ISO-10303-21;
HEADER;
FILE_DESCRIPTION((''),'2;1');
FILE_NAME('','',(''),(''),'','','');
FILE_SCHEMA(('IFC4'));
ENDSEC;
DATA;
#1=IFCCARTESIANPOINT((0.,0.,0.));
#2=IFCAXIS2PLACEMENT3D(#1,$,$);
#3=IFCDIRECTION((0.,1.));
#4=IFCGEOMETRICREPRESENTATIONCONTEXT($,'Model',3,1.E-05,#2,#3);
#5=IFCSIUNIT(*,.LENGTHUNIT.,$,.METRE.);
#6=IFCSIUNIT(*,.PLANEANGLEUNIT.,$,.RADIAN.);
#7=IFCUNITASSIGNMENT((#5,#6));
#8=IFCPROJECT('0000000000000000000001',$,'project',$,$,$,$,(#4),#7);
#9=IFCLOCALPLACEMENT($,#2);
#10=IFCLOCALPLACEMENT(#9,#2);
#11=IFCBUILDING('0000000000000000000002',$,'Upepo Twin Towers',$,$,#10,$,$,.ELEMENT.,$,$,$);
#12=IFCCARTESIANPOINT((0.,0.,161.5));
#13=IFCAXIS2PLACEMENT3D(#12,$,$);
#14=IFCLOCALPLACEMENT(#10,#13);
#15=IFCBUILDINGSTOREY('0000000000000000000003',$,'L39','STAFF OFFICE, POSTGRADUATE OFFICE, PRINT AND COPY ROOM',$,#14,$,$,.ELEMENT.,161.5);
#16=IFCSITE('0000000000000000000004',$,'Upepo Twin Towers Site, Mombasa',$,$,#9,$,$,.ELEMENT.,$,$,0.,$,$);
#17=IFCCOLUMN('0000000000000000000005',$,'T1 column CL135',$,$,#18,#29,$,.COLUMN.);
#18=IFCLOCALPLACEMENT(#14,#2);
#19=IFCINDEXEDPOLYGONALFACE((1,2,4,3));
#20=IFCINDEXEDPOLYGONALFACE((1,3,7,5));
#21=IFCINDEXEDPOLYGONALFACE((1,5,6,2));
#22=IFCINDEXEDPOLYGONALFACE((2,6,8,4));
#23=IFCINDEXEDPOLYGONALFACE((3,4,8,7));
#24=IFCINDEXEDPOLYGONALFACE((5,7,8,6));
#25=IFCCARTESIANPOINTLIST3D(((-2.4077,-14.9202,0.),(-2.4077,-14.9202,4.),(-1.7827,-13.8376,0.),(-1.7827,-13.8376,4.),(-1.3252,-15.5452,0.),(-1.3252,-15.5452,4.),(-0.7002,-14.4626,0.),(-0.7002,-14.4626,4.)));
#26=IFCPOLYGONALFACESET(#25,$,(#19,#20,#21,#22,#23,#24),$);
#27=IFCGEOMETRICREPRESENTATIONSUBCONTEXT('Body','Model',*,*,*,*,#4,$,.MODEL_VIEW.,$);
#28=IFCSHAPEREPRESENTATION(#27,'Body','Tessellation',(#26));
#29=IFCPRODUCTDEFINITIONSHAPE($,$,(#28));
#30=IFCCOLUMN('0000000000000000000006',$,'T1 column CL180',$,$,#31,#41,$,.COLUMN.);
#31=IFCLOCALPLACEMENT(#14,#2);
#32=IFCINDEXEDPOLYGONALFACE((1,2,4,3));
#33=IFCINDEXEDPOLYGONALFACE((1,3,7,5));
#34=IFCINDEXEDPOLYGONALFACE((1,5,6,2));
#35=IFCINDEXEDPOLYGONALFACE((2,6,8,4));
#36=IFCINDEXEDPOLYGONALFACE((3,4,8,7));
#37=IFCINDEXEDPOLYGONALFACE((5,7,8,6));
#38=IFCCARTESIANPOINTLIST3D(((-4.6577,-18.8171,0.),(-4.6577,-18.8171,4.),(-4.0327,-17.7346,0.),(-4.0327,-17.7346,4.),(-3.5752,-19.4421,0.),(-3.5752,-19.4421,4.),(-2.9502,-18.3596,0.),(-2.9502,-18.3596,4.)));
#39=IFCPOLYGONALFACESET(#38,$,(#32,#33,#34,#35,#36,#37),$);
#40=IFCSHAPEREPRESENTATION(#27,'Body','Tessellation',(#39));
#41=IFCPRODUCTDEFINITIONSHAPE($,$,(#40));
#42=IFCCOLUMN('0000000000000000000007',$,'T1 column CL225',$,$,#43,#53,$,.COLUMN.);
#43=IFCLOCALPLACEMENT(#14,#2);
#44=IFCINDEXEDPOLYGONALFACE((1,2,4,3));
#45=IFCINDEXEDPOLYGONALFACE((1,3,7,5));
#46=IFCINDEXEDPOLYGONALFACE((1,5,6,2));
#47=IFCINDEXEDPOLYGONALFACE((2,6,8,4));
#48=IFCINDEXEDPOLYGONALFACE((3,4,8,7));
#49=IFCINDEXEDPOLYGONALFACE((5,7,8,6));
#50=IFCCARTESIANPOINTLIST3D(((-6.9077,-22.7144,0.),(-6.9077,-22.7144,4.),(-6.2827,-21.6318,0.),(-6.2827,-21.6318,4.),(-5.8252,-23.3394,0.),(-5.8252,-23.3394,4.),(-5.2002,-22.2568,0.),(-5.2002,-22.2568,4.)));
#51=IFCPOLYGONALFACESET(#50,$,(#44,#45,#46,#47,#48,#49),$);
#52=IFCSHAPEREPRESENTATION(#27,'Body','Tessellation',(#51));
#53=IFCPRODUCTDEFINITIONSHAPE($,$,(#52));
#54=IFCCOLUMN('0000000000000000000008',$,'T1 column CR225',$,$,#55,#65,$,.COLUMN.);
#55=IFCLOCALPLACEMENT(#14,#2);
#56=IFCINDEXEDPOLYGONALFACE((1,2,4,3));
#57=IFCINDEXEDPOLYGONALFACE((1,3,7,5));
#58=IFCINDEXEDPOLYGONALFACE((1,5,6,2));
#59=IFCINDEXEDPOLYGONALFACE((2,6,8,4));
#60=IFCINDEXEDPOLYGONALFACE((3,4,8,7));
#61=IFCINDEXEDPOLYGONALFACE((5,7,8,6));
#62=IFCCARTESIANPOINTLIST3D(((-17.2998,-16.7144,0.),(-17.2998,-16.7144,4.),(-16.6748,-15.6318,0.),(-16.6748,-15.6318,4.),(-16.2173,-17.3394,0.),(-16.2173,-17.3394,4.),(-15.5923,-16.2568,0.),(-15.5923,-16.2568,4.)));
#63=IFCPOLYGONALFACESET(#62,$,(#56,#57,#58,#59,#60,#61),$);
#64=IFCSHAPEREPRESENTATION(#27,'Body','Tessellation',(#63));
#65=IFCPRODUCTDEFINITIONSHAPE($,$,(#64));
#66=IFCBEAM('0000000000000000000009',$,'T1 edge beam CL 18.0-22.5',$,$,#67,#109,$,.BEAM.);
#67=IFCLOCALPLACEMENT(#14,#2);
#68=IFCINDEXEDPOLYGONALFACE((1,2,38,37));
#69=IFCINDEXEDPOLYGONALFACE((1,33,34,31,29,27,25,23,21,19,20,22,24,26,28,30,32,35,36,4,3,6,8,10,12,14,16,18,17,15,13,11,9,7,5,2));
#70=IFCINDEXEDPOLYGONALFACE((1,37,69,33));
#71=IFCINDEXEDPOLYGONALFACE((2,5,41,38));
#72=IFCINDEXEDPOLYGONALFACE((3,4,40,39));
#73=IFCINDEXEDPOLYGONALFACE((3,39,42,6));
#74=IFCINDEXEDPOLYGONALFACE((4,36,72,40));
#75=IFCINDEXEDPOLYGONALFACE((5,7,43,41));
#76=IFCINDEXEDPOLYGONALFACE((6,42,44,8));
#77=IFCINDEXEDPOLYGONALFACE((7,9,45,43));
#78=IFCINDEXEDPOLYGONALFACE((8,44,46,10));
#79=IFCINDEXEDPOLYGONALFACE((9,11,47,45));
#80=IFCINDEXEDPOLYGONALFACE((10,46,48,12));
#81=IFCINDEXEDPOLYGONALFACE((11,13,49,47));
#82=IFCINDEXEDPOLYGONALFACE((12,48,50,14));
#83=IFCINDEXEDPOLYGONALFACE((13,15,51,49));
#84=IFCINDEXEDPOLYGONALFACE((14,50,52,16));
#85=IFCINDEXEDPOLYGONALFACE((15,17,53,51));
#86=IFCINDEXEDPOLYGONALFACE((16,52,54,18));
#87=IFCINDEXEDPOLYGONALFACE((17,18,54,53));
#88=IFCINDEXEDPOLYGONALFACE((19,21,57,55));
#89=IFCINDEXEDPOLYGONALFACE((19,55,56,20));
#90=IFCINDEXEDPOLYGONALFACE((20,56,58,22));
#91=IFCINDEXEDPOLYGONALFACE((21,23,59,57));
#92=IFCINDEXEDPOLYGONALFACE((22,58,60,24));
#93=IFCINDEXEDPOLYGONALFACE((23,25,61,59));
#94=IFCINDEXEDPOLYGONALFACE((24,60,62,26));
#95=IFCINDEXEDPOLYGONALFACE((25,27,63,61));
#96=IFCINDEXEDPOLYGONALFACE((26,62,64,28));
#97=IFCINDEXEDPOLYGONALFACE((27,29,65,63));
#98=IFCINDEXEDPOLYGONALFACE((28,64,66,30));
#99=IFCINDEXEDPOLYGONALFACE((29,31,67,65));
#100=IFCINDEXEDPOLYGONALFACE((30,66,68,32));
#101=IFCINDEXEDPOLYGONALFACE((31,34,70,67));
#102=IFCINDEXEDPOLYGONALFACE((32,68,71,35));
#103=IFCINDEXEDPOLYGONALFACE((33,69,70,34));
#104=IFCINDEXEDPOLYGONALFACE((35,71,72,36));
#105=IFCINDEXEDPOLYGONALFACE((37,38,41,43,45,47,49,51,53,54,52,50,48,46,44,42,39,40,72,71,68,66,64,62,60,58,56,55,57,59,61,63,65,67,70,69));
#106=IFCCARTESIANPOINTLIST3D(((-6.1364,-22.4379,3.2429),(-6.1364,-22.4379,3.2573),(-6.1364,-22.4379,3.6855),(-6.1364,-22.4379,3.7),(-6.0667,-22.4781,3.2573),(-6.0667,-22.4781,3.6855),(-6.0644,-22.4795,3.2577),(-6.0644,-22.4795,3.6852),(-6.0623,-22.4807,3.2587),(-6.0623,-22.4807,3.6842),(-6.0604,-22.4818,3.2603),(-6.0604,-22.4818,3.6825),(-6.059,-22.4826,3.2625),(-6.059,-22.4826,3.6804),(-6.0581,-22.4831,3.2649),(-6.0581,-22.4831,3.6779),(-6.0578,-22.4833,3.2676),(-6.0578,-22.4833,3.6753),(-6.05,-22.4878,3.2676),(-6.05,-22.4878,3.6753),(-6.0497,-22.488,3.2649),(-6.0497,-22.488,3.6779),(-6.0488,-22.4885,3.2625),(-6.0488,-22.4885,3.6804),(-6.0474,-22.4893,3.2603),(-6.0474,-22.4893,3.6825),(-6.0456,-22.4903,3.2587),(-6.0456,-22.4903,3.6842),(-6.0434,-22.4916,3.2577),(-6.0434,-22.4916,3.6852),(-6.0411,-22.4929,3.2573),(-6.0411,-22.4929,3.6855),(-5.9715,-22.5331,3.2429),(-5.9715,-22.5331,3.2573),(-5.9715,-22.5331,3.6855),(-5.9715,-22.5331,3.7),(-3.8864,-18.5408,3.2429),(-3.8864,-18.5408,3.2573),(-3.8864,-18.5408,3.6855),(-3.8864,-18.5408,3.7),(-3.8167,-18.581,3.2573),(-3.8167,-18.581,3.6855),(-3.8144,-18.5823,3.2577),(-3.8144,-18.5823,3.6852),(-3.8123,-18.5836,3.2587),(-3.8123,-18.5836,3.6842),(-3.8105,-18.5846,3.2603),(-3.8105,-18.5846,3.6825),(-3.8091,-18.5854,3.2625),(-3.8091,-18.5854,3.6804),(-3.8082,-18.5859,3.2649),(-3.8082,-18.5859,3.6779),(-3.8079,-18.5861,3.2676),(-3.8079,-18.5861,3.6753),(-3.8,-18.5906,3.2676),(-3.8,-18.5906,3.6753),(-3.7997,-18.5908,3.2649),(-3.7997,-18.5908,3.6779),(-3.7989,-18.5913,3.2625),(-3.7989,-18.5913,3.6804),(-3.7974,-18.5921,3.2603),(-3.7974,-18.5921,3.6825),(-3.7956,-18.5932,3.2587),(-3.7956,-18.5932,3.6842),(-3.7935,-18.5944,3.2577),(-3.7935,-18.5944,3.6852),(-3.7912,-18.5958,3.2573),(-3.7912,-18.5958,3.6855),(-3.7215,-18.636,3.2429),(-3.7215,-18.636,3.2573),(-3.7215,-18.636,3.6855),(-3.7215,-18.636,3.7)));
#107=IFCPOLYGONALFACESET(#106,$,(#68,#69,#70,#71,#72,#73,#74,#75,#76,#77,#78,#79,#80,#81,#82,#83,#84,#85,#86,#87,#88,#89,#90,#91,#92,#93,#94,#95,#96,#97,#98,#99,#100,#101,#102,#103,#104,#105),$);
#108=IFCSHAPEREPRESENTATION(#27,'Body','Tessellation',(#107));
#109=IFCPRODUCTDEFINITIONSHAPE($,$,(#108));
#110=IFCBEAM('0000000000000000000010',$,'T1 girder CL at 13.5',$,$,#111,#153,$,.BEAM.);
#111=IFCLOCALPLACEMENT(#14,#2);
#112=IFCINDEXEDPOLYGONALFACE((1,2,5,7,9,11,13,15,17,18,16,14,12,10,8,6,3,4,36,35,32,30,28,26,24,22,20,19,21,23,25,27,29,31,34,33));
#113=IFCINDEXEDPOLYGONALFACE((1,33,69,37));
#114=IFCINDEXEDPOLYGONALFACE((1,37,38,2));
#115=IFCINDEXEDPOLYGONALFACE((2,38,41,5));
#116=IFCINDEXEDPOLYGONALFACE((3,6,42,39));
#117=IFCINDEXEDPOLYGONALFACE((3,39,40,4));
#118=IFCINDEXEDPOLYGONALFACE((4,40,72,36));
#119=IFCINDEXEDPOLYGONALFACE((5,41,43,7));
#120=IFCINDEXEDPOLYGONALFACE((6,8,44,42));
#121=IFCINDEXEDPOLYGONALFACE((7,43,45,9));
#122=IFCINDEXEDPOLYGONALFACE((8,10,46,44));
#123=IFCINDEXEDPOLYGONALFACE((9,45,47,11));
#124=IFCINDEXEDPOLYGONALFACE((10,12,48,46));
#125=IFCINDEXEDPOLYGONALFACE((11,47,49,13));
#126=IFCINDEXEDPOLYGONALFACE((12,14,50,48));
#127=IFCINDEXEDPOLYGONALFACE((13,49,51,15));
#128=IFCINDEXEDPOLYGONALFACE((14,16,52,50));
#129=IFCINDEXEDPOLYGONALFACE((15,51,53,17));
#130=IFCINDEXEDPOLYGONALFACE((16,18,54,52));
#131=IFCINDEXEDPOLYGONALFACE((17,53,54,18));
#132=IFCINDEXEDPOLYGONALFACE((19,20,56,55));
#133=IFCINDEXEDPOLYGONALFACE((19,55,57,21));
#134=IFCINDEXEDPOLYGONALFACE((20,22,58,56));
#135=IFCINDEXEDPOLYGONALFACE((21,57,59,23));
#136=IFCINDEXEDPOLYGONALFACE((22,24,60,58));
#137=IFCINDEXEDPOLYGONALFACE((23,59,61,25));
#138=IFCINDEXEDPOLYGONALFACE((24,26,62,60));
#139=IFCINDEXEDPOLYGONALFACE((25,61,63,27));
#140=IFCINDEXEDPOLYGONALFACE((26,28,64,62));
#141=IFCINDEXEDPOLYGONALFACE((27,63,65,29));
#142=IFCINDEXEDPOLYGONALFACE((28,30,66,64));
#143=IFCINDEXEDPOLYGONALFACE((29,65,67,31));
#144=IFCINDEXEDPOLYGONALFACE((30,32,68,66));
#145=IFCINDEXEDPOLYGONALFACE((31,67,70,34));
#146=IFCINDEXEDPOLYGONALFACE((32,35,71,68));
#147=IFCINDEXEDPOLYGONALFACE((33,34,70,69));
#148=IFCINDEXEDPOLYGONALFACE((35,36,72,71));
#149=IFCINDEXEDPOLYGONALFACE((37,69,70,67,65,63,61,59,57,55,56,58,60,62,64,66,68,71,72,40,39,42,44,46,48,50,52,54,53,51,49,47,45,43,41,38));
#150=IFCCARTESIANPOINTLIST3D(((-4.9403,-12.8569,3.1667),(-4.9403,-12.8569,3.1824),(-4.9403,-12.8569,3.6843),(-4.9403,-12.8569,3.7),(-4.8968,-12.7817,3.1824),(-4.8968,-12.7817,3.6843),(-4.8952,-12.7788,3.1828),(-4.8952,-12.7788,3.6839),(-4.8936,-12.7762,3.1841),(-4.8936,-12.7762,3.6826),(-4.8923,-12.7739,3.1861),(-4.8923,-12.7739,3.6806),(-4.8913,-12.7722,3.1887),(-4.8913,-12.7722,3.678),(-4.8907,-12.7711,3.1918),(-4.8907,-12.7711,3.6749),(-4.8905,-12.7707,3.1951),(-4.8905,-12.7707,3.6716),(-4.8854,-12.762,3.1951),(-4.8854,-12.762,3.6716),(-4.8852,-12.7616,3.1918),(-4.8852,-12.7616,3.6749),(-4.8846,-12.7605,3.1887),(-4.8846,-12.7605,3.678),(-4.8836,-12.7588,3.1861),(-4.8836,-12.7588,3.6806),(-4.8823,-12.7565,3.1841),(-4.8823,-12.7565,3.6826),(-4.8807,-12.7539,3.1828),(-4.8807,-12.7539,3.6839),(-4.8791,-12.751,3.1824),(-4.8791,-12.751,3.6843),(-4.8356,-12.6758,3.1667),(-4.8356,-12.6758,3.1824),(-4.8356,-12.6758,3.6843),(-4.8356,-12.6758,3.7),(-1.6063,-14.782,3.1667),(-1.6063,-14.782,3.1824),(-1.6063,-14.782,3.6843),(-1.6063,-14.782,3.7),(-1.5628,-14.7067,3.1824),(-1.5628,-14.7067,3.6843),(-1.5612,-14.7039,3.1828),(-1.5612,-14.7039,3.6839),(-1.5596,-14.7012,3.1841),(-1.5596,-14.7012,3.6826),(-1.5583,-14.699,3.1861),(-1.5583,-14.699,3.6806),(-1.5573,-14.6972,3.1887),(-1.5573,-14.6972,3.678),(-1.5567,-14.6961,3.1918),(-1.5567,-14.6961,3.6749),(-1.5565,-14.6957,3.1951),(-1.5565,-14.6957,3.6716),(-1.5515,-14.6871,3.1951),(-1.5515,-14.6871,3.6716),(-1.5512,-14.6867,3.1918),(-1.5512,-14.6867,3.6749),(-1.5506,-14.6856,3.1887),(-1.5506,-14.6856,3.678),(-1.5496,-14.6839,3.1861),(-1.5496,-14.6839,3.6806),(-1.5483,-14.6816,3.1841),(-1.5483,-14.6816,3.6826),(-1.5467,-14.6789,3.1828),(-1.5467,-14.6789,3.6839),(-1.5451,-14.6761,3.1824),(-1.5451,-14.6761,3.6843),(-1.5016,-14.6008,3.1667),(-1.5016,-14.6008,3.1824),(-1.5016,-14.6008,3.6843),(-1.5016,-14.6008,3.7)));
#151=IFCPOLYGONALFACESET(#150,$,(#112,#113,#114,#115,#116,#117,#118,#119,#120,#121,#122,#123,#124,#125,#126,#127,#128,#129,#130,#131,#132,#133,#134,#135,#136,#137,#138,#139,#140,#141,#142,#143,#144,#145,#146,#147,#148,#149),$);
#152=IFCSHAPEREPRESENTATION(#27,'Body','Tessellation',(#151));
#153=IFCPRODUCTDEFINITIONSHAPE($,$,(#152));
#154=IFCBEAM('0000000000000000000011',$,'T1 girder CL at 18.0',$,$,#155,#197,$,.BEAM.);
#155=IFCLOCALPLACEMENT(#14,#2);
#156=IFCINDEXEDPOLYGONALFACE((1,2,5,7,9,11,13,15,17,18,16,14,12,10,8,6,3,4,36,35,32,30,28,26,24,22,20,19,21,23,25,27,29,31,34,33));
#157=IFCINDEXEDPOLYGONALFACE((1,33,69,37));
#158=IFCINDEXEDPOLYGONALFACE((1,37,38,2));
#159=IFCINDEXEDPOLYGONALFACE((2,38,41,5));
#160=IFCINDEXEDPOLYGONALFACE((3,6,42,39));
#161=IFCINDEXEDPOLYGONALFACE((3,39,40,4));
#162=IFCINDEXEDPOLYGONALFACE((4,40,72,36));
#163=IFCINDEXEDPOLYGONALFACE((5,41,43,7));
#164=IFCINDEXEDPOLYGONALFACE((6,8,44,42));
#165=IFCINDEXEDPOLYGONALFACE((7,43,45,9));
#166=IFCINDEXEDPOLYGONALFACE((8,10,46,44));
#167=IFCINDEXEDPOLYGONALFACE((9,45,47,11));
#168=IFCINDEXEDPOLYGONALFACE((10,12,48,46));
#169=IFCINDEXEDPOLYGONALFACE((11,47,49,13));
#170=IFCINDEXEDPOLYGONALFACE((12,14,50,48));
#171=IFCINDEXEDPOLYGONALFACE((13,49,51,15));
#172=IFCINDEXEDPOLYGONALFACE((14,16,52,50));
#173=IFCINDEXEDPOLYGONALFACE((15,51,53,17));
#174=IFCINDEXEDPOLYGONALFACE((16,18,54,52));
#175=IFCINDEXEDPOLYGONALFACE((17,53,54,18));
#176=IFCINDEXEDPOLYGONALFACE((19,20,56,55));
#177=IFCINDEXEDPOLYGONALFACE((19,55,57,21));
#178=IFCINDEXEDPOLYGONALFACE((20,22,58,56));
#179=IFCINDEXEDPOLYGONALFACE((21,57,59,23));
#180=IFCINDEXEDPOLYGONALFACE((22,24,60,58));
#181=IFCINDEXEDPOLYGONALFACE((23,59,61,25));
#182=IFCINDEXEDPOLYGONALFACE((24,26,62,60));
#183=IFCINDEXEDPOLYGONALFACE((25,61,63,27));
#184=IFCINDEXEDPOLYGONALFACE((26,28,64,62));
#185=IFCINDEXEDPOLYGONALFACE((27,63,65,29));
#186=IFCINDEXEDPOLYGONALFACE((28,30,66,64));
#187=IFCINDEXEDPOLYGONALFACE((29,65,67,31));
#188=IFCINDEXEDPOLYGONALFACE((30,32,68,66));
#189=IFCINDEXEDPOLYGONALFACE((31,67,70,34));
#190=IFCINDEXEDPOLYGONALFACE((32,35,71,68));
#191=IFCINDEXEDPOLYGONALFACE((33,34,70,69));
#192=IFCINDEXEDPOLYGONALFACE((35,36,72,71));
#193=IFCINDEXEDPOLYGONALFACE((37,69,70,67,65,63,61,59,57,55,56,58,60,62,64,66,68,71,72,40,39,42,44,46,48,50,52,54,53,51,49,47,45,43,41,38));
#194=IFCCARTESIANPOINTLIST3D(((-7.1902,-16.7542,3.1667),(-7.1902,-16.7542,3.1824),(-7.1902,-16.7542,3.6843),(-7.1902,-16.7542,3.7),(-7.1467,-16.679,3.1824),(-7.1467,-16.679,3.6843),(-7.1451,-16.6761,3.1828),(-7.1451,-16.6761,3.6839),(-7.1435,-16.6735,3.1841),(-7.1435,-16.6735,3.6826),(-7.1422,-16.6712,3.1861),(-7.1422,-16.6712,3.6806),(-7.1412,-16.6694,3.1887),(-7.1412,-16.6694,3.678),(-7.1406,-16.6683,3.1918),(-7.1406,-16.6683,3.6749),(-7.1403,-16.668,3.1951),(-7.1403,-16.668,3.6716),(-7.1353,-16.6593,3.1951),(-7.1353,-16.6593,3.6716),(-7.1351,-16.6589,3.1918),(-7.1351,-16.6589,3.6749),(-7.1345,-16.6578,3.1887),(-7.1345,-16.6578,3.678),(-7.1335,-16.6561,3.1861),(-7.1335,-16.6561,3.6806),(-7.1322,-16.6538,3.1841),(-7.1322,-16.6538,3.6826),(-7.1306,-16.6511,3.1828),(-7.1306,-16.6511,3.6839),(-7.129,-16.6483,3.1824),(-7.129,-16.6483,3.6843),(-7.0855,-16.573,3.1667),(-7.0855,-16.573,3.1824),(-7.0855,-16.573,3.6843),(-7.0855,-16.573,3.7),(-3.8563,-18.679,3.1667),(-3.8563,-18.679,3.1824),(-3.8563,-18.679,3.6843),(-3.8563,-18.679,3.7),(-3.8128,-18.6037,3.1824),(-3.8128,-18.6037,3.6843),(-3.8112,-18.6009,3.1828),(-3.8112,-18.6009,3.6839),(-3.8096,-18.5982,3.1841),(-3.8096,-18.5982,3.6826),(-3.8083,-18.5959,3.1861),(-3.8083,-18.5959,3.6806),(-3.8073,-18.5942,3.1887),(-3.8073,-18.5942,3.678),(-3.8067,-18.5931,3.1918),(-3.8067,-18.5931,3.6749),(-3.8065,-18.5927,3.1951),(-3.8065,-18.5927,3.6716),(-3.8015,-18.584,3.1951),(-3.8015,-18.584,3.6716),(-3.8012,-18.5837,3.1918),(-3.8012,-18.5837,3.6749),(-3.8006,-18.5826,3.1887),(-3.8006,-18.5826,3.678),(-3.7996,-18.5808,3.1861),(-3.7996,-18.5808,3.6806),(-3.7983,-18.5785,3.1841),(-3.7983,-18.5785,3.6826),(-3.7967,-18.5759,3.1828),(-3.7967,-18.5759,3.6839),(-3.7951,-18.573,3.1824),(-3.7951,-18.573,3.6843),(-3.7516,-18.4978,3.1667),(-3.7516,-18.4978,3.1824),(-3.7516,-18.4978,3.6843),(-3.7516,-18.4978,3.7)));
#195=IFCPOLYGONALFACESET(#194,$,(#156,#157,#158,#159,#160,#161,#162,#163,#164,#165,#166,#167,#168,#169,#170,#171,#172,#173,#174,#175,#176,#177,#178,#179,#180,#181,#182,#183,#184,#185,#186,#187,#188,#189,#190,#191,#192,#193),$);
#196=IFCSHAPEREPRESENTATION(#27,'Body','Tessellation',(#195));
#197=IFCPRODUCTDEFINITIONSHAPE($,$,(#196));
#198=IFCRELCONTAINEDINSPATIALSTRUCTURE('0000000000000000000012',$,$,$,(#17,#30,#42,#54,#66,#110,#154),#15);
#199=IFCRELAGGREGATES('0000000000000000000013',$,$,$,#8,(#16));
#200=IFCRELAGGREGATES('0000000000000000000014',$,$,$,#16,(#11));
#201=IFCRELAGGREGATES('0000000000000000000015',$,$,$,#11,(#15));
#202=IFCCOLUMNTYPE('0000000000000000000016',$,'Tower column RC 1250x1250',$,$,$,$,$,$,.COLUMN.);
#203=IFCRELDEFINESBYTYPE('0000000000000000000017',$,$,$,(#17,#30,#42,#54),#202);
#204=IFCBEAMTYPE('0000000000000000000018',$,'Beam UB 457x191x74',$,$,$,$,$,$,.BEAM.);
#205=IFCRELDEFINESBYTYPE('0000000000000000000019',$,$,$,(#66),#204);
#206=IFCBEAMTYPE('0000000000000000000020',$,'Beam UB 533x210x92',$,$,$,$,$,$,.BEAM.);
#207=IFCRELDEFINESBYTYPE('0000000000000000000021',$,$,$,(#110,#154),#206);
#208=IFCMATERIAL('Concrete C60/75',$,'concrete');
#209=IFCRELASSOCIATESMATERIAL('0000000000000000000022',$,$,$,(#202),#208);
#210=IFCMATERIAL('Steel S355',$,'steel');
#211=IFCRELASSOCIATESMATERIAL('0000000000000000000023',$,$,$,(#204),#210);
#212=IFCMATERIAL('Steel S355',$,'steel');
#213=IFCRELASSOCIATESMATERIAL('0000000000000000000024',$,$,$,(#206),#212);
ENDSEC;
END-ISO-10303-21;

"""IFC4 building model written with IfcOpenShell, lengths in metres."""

from ifc_helpers import new_model, si_unit, direction, frame, origin, origin_2d, place, context, subcontext, project, spatial, rectangle, i_section, extrude, material, material_profile, profile_set, type_object, element, save


model = new_model("IFC4")

# Units and contexts
model_context = context("Model", 3, precision=1e-05, world=origin(), true_north=direction((0.0, 1.0)))
body_context = subcontext(model_context, "Body", "Model", "MODEL_VIEW")
ifc_project = project(units=[si_unit("LENGTHUNIT", "METRE"), si_unit("PLANEANGLEUNIT", "RADIAN")], contexts=[model_context])

# Site, building, storey
site_placement = place(None, origin())
site = spatial("IfcSite", under=ifc_project, at=site_placement, Name="Upepo Twin Towers Site, Mombasa", CompositionType="ELEMENT", RefElevation=0.0)
building_placement = place(site_placement, origin())
building = spatial("IfcBuilding", under=site, at=building_placement, Name="Upepo Twin Towers", CompositionType="ELEMENT")
storey_placement = place(building_placement, frame((0.0, 0.0, 161.5)))
storey = spatial("IfcBuildingStorey", under=building, at=storey_placement, Name="L39", Description="STAFF OFFICE, POSTGRADUATE OFFICE, PRINT AND COPY ROOM", CompositionType="ELEMENT", Elevation=161.5)

# Columns
ifc_material_1 = material(Name="Concrete C60/75", Category="concrete")
ifc_material_profile_1 = material_profile(ifc_material_1, rectangle(XDim=1.25, YDim=1.25, at=origin_2d()), Name="RC 1250x1250")
ifc_profile_set_1 = profile_set([ifc_material_profile_1], Name="Concrete C60/75")
column_type = type_object("IfcColumnType", Name="Tower column RC 1250x1250", PredefinedType="COLUMN", material=ifc_profile_set_1)
for number, where, z_axis, x_axis, name in (
    (1, (-1.554, -14.6914, 0.0), (0.0, 0.0, 1.0), (0.5, 0.866025, 0.0), "T1 column CL135"),
    (2, (-3.804, -18.5884, 0.0), (0.0, 0.0, 1.0), (0.5, 0.866025, 0.0), "T1 column CL180"),
    (3, (-6.054, -22.4856, 0.0), (0.0, 0.0, 1.0), (0.5, 0.866025, 0.0), "T1 column CL225"),
    (4, (-16.446, -16.4856, 0.0), (0.0, 0.0, 1.0), (0.5, 0.866025, 0.0), "T1 column CR225"),
):
    element("IfcColumn", number, at=place(storey_placement, frame(where, z_axis=z_axis, x_axis=x_axis)), inside=storey, type_object=column_type, Name=name, PredefinedType="COLUMN", context=body_context, shape_type="SweptSolid", body=[
        extrude(rectangle(XDim=1.25, YDim=1.25, at=origin_2d()), origin(), (0.0, 0.0, 1.0), 4.0),
    ])

# Beams
ifc_material_2 = material(Name="Steel S355", Category="steel")
ifc_material_profile_2 = material_profile(ifc_material_2, i_section(OverallWidth=0.1904, OverallDepth=0.457, WebThickness=0.009, FlangeThickness=0.0144, FilletRadius=0.0103, at=origin_2d()), Name="UB 457x191x74")
ifc_profile_set_2 = profile_set([ifc_material_profile_2], Name="Steel S355")
beam_type_1 = type_object("IfcBeamType", Name="Beam UB 457x191x74", PredefinedType="BEAM", material=ifc_profile_set_2)
beam_1_placement = place(storey_placement, frame((-3.804, -18.5884, 3.4714), z_axis=(-0.49999, -0.866031, 0.0), x_axis=(0.866031, -0.49999, 0.0)))
element("IfcBeam", 5, at=beam_1_placement, inside=storey, type_object=beam_type_1, Name="T1 edge beam CL 18.0-22.5", PredefinedType="BEAM", context=body_context, shape_type="SweptSolid", body=[
    extrude(i_section(OverallWidth=0.1904, OverallDepth=0.457, WebThickness=0.009, FlangeThickness=0.0144, FilletRadius=0.0103, at=origin_2d()), origin(), (0.0, 0.0, 1.0), 4.5),
])
ifc_material_3 = material(Name="Steel S355", Category="steel")
ifc_material_profile_3 = material_profile(ifc_material_3, i_section(OverallWidth=0.2092, OverallDepth=0.5332, WebThickness=0.01, FlangeThickness=0.0156, FilletRadius=0.0127, at=origin_2d()), Name="UB 533x210x92")
ifc_profile_set_3 = profile_set([ifc_material_profile_3], Name="Steel S355")
beam_type_2 = type_object("IfcBeamType", Name="Beam UB 533x210x92", PredefinedType="BEAM", material=ifc_profile_set_3)
beam_2_placement = place(storey_placement, frame((-1.554, -14.6914, 3.4333), z_axis=(-0.866006, 0.500034, 0.0), x_axis=(-0.500034, -0.866006, 0.0)))
element("IfcBeam", 6, at=beam_2_placement, inside=storey, type_object=beam_type_2, Name="T1 girder CL at 13.5", PredefinedType="BEAM", context=body_context, shape_type="SweptSolid", body=[
    extrude(i_section(OverallWidth=0.2092, OverallDepth=0.5332, WebThickness=0.01, FlangeThickness=0.0156, FilletRadius=0.0127, at=origin_2d()), origin(), (0.0, 0.0, 1.0), 3.8499),
])
beam_3_placement = place(storey_placement, frame((-3.804, -18.5884, 3.4333), z_axis=(-0.866034, 0.499986, 0.0), x_axis=(-0.499986, -0.866034, 0.0)))
element("IfcBeam", 7, at=beam_3_placement, inside=storey, type_object=beam_type_2, Name="T1 girder CL at 18.0", PredefinedType="BEAM", context=body_context, shape_type="SweptSolid", body=[
    extrude(i_section(OverallWidth=0.2092, OverallDepth=0.5332, WebThickness=0.01, FlangeThickness=0.0156, FilletRadius=0.0127, at=origin_2d()), origin(), (0.0, 0.0, 1.0), 3.8496),
])

save(model, "model.ifc")
